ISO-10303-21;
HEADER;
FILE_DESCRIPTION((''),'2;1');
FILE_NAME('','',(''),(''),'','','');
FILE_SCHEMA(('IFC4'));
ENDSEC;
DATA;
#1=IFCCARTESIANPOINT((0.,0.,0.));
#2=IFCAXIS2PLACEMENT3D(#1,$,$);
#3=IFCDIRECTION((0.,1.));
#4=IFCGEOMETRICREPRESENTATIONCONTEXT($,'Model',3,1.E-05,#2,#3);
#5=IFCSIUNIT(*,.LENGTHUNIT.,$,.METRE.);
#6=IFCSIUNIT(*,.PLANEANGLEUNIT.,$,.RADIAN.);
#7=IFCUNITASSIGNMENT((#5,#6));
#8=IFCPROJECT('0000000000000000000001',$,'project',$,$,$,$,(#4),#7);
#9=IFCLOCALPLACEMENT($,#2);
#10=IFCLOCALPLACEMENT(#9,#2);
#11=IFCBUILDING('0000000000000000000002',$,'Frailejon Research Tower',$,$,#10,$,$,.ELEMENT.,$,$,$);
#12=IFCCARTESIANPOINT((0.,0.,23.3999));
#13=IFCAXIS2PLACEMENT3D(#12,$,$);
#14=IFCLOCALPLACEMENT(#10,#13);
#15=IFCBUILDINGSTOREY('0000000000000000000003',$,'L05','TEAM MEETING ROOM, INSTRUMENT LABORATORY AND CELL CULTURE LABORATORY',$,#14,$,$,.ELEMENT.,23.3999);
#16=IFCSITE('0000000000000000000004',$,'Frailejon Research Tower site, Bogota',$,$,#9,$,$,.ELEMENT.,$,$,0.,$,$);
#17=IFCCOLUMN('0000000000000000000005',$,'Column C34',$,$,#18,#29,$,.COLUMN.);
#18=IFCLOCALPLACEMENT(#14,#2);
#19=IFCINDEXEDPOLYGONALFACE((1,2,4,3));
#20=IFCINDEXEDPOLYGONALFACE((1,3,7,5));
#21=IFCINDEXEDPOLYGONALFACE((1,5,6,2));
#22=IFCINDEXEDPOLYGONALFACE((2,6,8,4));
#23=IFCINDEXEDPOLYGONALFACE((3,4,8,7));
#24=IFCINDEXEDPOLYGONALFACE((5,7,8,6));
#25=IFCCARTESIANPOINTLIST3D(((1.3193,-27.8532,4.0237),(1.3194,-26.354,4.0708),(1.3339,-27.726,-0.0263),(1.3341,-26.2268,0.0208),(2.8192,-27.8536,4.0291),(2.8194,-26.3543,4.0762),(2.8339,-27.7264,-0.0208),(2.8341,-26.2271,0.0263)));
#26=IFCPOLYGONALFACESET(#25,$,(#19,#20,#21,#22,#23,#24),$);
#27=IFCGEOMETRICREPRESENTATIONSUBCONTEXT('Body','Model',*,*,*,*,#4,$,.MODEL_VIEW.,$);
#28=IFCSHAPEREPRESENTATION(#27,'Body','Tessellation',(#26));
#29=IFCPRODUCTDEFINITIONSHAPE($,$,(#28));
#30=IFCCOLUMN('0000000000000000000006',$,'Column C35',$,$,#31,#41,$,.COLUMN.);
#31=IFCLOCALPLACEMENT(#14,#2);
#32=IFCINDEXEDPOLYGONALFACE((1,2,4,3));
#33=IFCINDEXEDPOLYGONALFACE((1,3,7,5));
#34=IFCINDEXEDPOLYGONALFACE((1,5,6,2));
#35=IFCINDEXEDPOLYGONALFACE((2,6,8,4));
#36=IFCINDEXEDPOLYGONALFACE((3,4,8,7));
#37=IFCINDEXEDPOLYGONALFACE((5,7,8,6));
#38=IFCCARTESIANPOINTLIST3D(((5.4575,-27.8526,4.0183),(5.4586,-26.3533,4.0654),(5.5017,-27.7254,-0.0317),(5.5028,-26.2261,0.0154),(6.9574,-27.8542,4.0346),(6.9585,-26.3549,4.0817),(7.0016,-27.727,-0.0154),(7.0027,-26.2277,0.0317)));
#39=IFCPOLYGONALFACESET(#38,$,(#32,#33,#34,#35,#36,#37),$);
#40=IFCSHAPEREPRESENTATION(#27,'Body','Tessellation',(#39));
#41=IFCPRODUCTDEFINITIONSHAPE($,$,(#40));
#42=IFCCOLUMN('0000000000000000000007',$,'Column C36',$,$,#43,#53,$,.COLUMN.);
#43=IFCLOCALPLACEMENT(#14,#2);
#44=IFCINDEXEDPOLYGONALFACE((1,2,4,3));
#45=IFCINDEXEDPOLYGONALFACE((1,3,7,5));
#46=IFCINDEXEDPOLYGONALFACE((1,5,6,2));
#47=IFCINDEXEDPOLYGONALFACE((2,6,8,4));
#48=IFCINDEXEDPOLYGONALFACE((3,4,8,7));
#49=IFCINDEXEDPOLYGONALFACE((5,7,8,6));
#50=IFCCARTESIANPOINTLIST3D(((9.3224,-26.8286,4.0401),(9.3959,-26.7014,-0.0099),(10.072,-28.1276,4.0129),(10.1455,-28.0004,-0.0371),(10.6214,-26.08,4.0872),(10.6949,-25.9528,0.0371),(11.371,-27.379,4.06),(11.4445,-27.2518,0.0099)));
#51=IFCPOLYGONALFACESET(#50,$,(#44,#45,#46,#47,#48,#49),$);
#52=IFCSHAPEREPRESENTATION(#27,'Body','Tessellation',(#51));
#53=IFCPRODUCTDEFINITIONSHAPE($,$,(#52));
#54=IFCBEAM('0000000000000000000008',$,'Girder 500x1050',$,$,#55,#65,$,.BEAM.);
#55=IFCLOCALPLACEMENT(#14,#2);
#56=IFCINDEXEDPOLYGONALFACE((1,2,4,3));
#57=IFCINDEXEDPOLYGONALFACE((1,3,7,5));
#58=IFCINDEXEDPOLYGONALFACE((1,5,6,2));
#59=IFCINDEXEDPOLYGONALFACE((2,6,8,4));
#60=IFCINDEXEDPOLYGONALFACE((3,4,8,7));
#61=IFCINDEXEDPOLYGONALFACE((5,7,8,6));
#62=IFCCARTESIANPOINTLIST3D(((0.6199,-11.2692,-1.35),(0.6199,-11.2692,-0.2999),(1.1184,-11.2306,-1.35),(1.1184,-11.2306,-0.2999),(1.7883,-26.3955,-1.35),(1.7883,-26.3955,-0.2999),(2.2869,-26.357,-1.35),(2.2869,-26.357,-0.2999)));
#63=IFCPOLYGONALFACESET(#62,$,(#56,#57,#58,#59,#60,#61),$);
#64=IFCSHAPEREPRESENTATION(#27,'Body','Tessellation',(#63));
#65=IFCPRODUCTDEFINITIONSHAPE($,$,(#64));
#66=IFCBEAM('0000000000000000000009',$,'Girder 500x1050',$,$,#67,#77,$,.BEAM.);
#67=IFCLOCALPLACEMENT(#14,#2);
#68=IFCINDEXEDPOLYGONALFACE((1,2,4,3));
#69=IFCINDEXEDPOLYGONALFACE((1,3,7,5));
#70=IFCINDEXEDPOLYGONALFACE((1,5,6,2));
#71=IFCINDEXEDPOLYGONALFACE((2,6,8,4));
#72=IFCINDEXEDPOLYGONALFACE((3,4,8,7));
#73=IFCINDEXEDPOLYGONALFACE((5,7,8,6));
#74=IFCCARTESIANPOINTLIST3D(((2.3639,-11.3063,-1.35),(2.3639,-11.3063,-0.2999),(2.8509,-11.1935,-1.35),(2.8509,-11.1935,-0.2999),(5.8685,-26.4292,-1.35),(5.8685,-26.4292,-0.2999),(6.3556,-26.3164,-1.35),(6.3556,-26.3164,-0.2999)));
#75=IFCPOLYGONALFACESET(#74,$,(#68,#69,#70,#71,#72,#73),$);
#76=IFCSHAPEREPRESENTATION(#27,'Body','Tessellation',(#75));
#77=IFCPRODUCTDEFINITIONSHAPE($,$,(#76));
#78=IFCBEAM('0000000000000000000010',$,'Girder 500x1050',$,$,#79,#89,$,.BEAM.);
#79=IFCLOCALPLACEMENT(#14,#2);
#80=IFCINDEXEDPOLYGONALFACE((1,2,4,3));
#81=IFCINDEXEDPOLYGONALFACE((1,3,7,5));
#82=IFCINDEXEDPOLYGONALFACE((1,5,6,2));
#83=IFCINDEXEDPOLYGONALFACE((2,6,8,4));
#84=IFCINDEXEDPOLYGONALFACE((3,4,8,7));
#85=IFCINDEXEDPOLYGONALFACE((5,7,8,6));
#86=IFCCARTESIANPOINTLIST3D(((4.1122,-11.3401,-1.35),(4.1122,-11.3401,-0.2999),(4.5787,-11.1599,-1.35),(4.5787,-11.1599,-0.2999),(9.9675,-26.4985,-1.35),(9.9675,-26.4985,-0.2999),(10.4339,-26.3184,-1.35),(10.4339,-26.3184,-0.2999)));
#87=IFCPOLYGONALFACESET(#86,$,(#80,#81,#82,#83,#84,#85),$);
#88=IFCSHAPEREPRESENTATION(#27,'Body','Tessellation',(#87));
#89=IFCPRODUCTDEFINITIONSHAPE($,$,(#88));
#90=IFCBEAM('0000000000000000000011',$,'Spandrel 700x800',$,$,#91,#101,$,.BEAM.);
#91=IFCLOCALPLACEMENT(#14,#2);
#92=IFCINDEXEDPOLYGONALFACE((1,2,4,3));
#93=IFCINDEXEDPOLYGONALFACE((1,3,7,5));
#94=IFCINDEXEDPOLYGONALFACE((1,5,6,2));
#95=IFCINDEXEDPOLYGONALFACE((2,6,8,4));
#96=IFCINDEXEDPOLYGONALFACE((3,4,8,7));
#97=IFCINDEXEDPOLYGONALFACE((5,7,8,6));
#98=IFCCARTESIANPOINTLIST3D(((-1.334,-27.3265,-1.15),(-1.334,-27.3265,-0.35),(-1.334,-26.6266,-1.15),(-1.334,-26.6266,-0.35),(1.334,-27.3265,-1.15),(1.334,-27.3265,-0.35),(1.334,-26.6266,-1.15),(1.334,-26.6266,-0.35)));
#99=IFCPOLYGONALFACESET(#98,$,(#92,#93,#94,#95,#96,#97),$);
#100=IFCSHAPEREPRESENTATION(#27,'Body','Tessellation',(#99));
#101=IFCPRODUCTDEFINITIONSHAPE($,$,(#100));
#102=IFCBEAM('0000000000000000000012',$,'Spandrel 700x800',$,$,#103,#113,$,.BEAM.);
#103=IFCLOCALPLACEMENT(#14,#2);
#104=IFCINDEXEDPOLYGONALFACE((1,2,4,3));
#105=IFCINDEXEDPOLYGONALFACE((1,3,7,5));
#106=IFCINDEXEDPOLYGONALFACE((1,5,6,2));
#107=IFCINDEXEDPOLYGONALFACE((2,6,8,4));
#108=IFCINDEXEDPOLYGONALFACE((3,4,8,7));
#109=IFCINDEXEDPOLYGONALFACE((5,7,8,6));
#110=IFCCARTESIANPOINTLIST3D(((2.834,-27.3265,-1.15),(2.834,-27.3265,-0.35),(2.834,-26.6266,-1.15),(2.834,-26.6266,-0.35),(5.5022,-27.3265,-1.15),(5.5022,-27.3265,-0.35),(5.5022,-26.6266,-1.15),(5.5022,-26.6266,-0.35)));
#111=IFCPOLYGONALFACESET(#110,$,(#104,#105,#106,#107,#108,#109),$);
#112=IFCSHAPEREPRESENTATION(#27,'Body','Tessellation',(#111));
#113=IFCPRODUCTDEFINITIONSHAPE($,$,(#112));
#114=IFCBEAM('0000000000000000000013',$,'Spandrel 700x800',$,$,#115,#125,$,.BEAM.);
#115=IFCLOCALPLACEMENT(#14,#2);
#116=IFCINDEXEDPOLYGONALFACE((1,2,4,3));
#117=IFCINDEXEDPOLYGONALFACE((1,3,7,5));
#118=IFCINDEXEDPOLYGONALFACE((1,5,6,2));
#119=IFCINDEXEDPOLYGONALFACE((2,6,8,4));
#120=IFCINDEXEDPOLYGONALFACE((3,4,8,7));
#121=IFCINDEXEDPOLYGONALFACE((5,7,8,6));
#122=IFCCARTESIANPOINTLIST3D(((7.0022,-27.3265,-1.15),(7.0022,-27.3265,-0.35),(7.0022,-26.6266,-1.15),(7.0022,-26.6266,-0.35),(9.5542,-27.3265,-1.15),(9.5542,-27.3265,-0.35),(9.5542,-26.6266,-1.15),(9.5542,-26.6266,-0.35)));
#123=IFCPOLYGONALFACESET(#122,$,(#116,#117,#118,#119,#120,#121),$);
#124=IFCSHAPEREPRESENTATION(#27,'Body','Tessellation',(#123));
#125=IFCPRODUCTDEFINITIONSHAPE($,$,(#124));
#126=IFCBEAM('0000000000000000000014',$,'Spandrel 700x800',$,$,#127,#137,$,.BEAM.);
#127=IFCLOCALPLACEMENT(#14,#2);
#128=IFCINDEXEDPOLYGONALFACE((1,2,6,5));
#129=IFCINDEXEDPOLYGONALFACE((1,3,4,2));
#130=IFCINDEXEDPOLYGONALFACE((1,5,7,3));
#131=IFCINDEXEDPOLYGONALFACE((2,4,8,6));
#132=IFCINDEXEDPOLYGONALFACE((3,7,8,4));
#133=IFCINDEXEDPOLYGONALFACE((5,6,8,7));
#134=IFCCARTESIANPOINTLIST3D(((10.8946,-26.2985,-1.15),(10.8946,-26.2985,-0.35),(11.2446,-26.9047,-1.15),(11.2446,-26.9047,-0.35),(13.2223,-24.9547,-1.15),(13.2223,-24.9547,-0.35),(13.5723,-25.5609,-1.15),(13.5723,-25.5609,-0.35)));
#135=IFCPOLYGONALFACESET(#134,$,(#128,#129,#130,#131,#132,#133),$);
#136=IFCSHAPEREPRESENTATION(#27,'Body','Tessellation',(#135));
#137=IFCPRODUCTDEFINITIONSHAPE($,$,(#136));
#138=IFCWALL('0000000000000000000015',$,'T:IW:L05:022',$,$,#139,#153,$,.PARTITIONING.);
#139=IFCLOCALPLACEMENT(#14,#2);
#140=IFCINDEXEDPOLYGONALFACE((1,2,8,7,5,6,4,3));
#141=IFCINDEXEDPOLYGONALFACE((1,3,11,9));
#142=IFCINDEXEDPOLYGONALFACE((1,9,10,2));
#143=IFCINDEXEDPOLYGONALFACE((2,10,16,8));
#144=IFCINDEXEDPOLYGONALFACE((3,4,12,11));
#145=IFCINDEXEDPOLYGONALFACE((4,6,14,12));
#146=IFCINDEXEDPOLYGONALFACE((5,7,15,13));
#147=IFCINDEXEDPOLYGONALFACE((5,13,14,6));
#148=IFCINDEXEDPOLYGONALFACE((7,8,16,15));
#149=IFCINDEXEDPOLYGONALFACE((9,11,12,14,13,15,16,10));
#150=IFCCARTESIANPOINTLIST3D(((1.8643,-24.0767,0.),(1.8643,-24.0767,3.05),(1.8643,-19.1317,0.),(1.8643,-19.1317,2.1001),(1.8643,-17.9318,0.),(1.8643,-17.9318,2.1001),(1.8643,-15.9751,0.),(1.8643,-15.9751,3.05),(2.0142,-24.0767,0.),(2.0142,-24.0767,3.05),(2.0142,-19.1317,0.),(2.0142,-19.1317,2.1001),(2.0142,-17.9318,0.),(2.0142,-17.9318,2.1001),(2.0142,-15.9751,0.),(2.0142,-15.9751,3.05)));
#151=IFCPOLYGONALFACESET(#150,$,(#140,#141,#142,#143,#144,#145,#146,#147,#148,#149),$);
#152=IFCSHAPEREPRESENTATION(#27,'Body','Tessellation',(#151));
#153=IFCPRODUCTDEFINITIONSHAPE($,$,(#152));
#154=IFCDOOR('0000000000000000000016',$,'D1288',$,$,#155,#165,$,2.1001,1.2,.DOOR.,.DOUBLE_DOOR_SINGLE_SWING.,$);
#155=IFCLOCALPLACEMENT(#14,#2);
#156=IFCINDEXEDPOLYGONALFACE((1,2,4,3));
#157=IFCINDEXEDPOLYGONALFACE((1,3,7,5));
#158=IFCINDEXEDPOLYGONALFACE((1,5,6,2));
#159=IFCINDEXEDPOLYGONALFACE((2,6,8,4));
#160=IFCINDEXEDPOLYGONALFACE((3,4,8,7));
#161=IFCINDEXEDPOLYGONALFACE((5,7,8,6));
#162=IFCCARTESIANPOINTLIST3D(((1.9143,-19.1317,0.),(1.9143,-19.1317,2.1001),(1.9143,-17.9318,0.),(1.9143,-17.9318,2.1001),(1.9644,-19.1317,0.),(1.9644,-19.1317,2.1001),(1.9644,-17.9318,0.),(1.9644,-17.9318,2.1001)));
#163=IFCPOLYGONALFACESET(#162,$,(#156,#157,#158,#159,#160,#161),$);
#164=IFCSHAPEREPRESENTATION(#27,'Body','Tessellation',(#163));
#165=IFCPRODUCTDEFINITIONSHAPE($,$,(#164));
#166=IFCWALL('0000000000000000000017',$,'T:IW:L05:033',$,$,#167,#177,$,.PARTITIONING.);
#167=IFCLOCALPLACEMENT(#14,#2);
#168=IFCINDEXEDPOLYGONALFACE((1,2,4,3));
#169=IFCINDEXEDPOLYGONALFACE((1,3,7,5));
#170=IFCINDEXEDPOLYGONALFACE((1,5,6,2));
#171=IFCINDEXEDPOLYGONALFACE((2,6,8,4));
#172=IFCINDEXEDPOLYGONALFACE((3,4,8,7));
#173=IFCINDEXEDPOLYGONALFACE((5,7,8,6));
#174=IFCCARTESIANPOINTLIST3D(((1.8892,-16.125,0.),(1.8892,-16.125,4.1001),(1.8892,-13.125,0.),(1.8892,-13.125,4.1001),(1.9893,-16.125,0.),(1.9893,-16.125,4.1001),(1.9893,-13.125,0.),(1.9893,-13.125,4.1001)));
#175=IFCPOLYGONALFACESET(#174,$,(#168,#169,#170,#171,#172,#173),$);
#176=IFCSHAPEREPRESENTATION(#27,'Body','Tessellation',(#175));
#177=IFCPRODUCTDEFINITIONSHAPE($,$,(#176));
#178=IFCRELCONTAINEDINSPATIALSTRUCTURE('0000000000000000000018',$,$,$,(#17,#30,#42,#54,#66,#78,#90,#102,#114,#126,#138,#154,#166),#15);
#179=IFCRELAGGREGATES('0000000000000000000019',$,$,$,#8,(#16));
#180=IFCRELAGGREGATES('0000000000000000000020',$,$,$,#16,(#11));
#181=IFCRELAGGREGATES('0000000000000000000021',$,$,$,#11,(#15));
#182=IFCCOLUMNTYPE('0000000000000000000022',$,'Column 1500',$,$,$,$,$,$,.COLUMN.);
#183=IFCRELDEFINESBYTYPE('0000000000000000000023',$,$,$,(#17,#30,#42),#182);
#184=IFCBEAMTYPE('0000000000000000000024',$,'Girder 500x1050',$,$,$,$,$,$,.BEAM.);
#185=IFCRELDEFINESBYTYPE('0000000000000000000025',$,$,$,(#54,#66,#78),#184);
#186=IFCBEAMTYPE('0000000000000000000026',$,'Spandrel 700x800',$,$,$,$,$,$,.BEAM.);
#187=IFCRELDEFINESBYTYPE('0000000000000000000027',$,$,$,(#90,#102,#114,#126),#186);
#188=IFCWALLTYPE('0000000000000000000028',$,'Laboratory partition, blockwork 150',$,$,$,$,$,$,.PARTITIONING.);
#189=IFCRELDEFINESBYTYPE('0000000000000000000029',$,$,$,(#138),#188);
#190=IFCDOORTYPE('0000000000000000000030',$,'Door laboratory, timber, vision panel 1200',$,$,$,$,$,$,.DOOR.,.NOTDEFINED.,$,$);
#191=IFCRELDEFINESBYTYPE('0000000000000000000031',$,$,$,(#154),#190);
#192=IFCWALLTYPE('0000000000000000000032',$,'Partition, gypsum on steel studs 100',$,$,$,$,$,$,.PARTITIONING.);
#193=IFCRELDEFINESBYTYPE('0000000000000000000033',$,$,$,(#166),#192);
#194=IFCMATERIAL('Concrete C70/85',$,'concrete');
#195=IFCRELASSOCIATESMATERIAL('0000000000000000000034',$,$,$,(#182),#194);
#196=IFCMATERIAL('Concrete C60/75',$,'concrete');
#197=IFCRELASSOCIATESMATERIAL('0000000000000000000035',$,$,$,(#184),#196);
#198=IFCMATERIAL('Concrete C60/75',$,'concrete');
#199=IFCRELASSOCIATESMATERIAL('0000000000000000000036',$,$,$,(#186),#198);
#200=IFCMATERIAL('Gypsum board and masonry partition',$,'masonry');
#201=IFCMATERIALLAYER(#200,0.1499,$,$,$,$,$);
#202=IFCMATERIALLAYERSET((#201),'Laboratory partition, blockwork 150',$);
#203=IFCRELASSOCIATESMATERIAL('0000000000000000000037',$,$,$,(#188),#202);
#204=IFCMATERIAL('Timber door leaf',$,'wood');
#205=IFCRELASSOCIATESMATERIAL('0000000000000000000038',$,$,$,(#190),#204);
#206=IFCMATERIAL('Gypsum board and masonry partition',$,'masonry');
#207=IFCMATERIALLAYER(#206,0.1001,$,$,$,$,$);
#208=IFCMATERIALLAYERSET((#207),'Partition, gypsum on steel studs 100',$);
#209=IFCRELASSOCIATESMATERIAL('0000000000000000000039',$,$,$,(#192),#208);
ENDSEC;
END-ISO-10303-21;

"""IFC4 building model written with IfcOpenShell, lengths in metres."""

from ifc_helpers import new_model, si_unit, direction, frame, frame_2d, origin, origin_2d, place, context, subcontext, project, spatial, rectangle, extrude, material, layer, layer_set, material_profile, profile_set, type_object, element, fill, save


model = new_model("IFC4")

# Units and contexts
model_context = context("Model", 3, precision=1e-05, world=origin(), true_north=direction((0.0, 1.0)))
body_context = subcontext(model_context, "Body", "Model", "MODEL_VIEW")
ifc_project = project(units=[si_unit("LENGTHUNIT", "METRE"), si_unit("PLANEANGLEUNIT", "RADIAN")], contexts=[model_context])

# Site, building, storey
site_placement = place(None, origin())
site = spatial("IfcSite", under=ifc_project, at=site_placement, Name="Frailejon Research Tower site, Bogota", CompositionType="ELEMENT", RefElevation=0.0)
building_placement = place(site_placement, origin())
building = spatial("IfcBuilding", under=site, at=building_placement, Name="Frailejon Research Tower", CompositionType="ELEMENT")
storey_placement = place(building_placement, frame((0.0, 0.0, 23.3999)))
storey = spatial("IfcBuildingStorey", under=building, at=storey_placement, Name="L05", Description="TEAM MEETING ROOM, INSTRUMENT LABORATORY AND CELL CULTURE LABORATORY", CompositionType="ELEMENT", Elevation=23.3999)

# Columns
ifc_material_1 = material(Name="Concrete C70/85", Category="concrete")
ifc_material_profile_1 = material_profile(ifc_material_1, rectangle(XDim=1.5, YDim=1.5, at=origin_2d()), Name="Column 1500")
ifc_profile_set_1 = profile_set([ifc_material_profile_1], Name="Concrete C70/85")
column_type = type_object("IfcColumnType", Name="Column 1500", PredefinedType="COLUMN", material=ifc_profile_set_1)
column_1_placement = place(storey_placement, frame((2.084, -26.9766, 0.0), z_axis=(-0.003615, -0.031391, 0.999501), x_axis=(0.999993, -0.000225, 0.00361)))
element("IfcColumn", 1, at=column_1_placement, inside=storey, type_object=column_type, Name="Column C34", PredefinedType="COLUMN", context=body_context, shape_type="SweptSolid", body=[
    extrude(rectangle(XDim=1.5, YDim=1.5, at=origin_2d()), origin(), (0.0, 0.0, 1.0), 4.052),
])
column_2_placement = place(storey_placement, frame((6.2522, -26.9766, 0.0), z_axis=(-0.010905, -0.031389, 0.999448), x_axis=(0.99994, -0.001064, 0.010877)))
element("IfcColumn", 2, at=column_2_placement, inside=storey, type_object=column_type, Name="Column C35", PredefinedType="COLUMN", context=body_context, shape_type="SweptSolid", body=[
    extrude(rectangle(XDim=1.5, YDim=1.5, at=origin_2d()), origin(), (0.0, 0.0, 1.0), 4.0522),
])
column_3_placement = place(storey_placement, frame((10.4202, -26.9766, 0.0), z_axis=(-0.018133, -0.031386, 0.999343), x_axis=(0.865999, 0.499059, 0.031387)))
element("IfcColumn", 3, at=column_3_placement, inside=storey, type_object=column_type, Name="Column C36", PredefinedType="COLUMN", context=body_context, shape_type="SweptSolid", body=[
    extrude(rectangle(XDim=1.5, YDim=1.5, at=origin_2d()), origin(), (0.0, 0.0, 1.0), 4.0527),
])

# Beams
ifc_material_2 = material(Name="Concrete C60/75", Category="concrete")
ifc_material_profile_2 = material_profile(ifc_material_2, rectangle(XDim=0.5, YDim=1.05, at=origin_2d()), Name="Girder 500x1050")
ifc_profile_set_2 = profile_set([ifc_material_profile_2], Name="Concrete C60/75")
beam_type_1 = type_object("IfcBeamType", Name="Girder 500x1050", PredefinedType="BEAM", material=ifc_profile_set_2)
beam_1_placement = place(storey_placement, frame((2.0376, -26.3762, -0.825), z_axis=(-0.077018, 0.99703, 0.0), x_axis=(-0.99703, -0.077018, 0.0)))
element("IfcBeam", 4, at=beam_1_placement, inside=storey, type_object=beam_type_1, Name="Girder 500x1050", PredefinedType="BEAM", context=body_context, shape_type="SweptSolid", body=[
    extrude(rectangle(XDim=0.5, YDim=1.05, at=origin_2d()), origin(), (0.0, 0.0, 1.0), 15.1714),
])
beam_2_placement = place(storey_placement, frame((6.1121, -26.3728, -0.825), z_axis=(-0.225762, 0.974182, 0.0), x_axis=(-0.974182, -0.225762, 0.0)))
element("IfcBeam", 5, at=beam_2_placement, inside=storey, type_object=beam_type_1, Name="Girder 500x1050", PredefinedType="BEAM", context=body_context, shape_type="SweptSolid", body=[
    extrude(rectangle(XDim=0.5, YDim=1.05, at=origin_2d()), origin(), (0.0, 0.0, 1.0), 15.5237),
])
beam_3_placement = place(storey_placement, frame((10.2007, -26.4084, -0.825), z_axis=(-0.360322, 0.932828, 0.0), x_axis=(-0.932828, -0.360322, 0.0)))
element("IfcBeam", 6, at=beam_3_placement, inside=storey, type_object=beam_type_1, Name="Girder 500x1050", PredefinedType="BEAM", context=body_context, shape_type="SweptSolid", body=[
    extrude(rectangle(XDim=0.5, YDim=1.05, at=origin_2d()), origin(), (0.0, 0.0, 1.0), 16.25),
])
ifc_material_3 = material(Name="Concrete C60/75", Category="concrete")
ifc_material_profile_3 = material_profile(ifc_material_3, rectangle(XDim=0.7, YDim=0.8, at=origin_2d()), Name="Spandrel 700x800")
ifc_profile_set_3 = profile_set([ifc_material_profile_3], Name="Concrete C60/75")
beam_type_2 = type_object("IfcBeamType", Name="Spandrel 700x800", PredefinedType="BEAM", material=ifc_profile_set_3)
beam_4_placement = place(storey_placement, frame((-1.334, -26.9766, -0.75), z_axis=(1.0, 0.0, 0.0), x_axis=(0.0, 1.0, 0.0)))
element("IfcBeam", 7, at=beam_4_placement, inside=storey, type_object=beam_type_2, Name="Spandrel 700x800", PredefinedType="BEAM", context=body_context, shape_type="SweptSolid", body=[
    extrude(rectangle(XDim=0.7, YDim=0.8, at=origin_2d()), origin(), (0.0, 0.0, 1.0), 2.668),
])
beam_5_placement = place(storey_placement, frame((2.834, -26.9766, -0.75), z_axis=(1.0, 0.0, 0.0), x_axis=(0.0, 1.0, 0.0)))
element("IfcBeam", 8, at=beam_5_placement, inside=storey, type_object=beam_type_2, Name="Spandrel 700x800", PredefinedType="BEAM", context=body_context, shape_type="SweptSolid", body=[
    extrude(rectangle(XDim=0.7, YDim=0.8, at=origin_2d()), origin(), (0.0, 0.0, 1.0), 2.6682),
])
beam_6_placement = place(storey_placement, frame((7.0022, -26.9766, -0.75), z_axis=(1.0, 0.0, 0.0), x_axis=(0.0, 1.0, 0.0)))
element("IfcBeam", 9, at=beam_6_placement, inside=storey, type_object=beam_type_2, Name="Spandrel 700x800", PredefinedType="BEAM", context=body_context, shape_type="SweptSolid", body=[
    extrude(rectangle(XDim=0.7, YDim=0.8, at=origin_2d()), origin(), (0.0, 0.0, 1.0), 2.552),
])
beam_7_placement = place(storey_placement, frame((11.0696, -26.6016, -0.75), z_axis=(0.866043, 0.499969, 0.0), x_axis=(-0.499969, 0.866043, 0.0)))
element("IfcBeam", 10, at=beam_7_placement, inside=storey, type_object=beam_type_2, Name="Spandrel 700x800", PredefinedType="BEAM", context=body_context, shape_type="SweptSolid", body=[
    extrude(rectangle(XDim=0.7, YDim=0.8, at=origin_2d()), origin(), (0.0, 0.0, 1.0), 2.6877),
])

# Wall, opening, door
ifc_material_4 = material(Name="Gypsum board and masonry partition", Category="masonry")
ifc_layer_1 = layer(ifc_material_4, 0.1499)
ifc_layer_set_1 = layer_set([ifc_layer_1], Name="Laboratory partition, blockwork 150")
wall_type_1 = type_object("IfcWallType", Name="Laboratory partition, blockwork 150", PredefinedType="PARTITIONING", material=ifc_layer_set_1)
wall_1_placement = place(storey_placement, frame((1.9392, -24.0767, 0.0), z_axis=(0.0, 0.0, 1.0), x_axis=(0.0, 1.0, 0.0)))
wall_1 = element("IfcWall", 11, at=wall_1_placement, inside=storey, type_object=wall_type_1, Name="T:IW:L05:022", PredefinedType="PARTITIONING", context=body_context, shape_type="SweptSolid", body=[
    extrude(rectangle(XDim=8.1016, YDim=0.1499, at=frame_2d((4.0508, 0.0))), origin(), (0.0, 0.0, 1.0), 3.05),
])
opening_1_placement = place(wall_1_placement, frame((4.9448, 0.0, 0.0)))
opening_1 = element("IfcOpeningElement", 12, at=opening_1_placement, cuts=wall_1, PredefinedType="OPENING", context=body_context, shape_type="SweptSolid", body=[
    extrude(rectangle(XDim=1.2, YDim=2.1001, at=frame_2d((0.6001, 1.05))), frame((0.0, 0.085, 0.0), z_axis=(0.0, -1.0, 0.0), x_axis=(1.0, 0.0, 0.0)), (0.0, 0.0, 1.0), 0.1699),
])
ifc_material_5 = material(Name="Timber door leaf", Category="wood")
door_type = type_object("IfcDoorType", Name="Door laboratory, timber, vision panel 1200", OperationType="NOTDEFINED", PredefinedType="DOOR", material=ifc_material_5)
door_placement = place(opening_1_placement, origin())
door = element("IfcDoor", 13, at=door_placement, inside=storey, type_object=door_type, Name="D1288", OperationType="DOUBLE_DOOR_SINGLE_SWING", OverallHeight=2.1001, OverallWidth=1.2, PredefinedType="DOOR", context=body_context, shape_type="SweptSolid", body=[
    extrude(rectangle(XDim=1.2, YDim=2.1001, at=frame_2d((0.6001, 1.05))), frame((0.0, 0.0249, 0.0), z_axis=(0.0, -1.0, 0.0), x_axis=(1.0, 0.0, 0.0)), (0.0, 0.0, 1.0), 0.05),
])
fill(opening_1, door)

# Wall
ifc_material_6 = material(Name="Gypsum board and masonry partition", Category="masonry")
ifc_layer_2 = layer(ifc_material_6, 0.1001)
ifc_layer_set_2 = layer_set([ifc_layer_2], Name="Partition, gypsum on steel studs 100")
wall_type_2 = type_object("IfcWallType", Name="Partition, gypsum on steel studs 100", PredefinedType="PARTITIONING", material=ifc_layer_set_2)
wall_2_placement = place(storey_placement, frame((1.9392, -16.125, 0.0), z_axis=(0.0, 0.0, 1.0), x_axis=(0.0, 1.0, 0.0)))
element("IfcWall", 14, at=wall_2_placement, inside=storey, type_object=wall_type_2, Name="T:IW:L05:033", PredefinedType="PARTITIONING", context=body_context, shape_type="SweptSolid", body=[
    extrude(rectangle(XDim=3.0, YDim=0.1001, at=frame_2d((1.5, 0.0))), origin(), (0.0, 0.0, 1.0), 4.1001),
])

save(model, "model.ifc")
